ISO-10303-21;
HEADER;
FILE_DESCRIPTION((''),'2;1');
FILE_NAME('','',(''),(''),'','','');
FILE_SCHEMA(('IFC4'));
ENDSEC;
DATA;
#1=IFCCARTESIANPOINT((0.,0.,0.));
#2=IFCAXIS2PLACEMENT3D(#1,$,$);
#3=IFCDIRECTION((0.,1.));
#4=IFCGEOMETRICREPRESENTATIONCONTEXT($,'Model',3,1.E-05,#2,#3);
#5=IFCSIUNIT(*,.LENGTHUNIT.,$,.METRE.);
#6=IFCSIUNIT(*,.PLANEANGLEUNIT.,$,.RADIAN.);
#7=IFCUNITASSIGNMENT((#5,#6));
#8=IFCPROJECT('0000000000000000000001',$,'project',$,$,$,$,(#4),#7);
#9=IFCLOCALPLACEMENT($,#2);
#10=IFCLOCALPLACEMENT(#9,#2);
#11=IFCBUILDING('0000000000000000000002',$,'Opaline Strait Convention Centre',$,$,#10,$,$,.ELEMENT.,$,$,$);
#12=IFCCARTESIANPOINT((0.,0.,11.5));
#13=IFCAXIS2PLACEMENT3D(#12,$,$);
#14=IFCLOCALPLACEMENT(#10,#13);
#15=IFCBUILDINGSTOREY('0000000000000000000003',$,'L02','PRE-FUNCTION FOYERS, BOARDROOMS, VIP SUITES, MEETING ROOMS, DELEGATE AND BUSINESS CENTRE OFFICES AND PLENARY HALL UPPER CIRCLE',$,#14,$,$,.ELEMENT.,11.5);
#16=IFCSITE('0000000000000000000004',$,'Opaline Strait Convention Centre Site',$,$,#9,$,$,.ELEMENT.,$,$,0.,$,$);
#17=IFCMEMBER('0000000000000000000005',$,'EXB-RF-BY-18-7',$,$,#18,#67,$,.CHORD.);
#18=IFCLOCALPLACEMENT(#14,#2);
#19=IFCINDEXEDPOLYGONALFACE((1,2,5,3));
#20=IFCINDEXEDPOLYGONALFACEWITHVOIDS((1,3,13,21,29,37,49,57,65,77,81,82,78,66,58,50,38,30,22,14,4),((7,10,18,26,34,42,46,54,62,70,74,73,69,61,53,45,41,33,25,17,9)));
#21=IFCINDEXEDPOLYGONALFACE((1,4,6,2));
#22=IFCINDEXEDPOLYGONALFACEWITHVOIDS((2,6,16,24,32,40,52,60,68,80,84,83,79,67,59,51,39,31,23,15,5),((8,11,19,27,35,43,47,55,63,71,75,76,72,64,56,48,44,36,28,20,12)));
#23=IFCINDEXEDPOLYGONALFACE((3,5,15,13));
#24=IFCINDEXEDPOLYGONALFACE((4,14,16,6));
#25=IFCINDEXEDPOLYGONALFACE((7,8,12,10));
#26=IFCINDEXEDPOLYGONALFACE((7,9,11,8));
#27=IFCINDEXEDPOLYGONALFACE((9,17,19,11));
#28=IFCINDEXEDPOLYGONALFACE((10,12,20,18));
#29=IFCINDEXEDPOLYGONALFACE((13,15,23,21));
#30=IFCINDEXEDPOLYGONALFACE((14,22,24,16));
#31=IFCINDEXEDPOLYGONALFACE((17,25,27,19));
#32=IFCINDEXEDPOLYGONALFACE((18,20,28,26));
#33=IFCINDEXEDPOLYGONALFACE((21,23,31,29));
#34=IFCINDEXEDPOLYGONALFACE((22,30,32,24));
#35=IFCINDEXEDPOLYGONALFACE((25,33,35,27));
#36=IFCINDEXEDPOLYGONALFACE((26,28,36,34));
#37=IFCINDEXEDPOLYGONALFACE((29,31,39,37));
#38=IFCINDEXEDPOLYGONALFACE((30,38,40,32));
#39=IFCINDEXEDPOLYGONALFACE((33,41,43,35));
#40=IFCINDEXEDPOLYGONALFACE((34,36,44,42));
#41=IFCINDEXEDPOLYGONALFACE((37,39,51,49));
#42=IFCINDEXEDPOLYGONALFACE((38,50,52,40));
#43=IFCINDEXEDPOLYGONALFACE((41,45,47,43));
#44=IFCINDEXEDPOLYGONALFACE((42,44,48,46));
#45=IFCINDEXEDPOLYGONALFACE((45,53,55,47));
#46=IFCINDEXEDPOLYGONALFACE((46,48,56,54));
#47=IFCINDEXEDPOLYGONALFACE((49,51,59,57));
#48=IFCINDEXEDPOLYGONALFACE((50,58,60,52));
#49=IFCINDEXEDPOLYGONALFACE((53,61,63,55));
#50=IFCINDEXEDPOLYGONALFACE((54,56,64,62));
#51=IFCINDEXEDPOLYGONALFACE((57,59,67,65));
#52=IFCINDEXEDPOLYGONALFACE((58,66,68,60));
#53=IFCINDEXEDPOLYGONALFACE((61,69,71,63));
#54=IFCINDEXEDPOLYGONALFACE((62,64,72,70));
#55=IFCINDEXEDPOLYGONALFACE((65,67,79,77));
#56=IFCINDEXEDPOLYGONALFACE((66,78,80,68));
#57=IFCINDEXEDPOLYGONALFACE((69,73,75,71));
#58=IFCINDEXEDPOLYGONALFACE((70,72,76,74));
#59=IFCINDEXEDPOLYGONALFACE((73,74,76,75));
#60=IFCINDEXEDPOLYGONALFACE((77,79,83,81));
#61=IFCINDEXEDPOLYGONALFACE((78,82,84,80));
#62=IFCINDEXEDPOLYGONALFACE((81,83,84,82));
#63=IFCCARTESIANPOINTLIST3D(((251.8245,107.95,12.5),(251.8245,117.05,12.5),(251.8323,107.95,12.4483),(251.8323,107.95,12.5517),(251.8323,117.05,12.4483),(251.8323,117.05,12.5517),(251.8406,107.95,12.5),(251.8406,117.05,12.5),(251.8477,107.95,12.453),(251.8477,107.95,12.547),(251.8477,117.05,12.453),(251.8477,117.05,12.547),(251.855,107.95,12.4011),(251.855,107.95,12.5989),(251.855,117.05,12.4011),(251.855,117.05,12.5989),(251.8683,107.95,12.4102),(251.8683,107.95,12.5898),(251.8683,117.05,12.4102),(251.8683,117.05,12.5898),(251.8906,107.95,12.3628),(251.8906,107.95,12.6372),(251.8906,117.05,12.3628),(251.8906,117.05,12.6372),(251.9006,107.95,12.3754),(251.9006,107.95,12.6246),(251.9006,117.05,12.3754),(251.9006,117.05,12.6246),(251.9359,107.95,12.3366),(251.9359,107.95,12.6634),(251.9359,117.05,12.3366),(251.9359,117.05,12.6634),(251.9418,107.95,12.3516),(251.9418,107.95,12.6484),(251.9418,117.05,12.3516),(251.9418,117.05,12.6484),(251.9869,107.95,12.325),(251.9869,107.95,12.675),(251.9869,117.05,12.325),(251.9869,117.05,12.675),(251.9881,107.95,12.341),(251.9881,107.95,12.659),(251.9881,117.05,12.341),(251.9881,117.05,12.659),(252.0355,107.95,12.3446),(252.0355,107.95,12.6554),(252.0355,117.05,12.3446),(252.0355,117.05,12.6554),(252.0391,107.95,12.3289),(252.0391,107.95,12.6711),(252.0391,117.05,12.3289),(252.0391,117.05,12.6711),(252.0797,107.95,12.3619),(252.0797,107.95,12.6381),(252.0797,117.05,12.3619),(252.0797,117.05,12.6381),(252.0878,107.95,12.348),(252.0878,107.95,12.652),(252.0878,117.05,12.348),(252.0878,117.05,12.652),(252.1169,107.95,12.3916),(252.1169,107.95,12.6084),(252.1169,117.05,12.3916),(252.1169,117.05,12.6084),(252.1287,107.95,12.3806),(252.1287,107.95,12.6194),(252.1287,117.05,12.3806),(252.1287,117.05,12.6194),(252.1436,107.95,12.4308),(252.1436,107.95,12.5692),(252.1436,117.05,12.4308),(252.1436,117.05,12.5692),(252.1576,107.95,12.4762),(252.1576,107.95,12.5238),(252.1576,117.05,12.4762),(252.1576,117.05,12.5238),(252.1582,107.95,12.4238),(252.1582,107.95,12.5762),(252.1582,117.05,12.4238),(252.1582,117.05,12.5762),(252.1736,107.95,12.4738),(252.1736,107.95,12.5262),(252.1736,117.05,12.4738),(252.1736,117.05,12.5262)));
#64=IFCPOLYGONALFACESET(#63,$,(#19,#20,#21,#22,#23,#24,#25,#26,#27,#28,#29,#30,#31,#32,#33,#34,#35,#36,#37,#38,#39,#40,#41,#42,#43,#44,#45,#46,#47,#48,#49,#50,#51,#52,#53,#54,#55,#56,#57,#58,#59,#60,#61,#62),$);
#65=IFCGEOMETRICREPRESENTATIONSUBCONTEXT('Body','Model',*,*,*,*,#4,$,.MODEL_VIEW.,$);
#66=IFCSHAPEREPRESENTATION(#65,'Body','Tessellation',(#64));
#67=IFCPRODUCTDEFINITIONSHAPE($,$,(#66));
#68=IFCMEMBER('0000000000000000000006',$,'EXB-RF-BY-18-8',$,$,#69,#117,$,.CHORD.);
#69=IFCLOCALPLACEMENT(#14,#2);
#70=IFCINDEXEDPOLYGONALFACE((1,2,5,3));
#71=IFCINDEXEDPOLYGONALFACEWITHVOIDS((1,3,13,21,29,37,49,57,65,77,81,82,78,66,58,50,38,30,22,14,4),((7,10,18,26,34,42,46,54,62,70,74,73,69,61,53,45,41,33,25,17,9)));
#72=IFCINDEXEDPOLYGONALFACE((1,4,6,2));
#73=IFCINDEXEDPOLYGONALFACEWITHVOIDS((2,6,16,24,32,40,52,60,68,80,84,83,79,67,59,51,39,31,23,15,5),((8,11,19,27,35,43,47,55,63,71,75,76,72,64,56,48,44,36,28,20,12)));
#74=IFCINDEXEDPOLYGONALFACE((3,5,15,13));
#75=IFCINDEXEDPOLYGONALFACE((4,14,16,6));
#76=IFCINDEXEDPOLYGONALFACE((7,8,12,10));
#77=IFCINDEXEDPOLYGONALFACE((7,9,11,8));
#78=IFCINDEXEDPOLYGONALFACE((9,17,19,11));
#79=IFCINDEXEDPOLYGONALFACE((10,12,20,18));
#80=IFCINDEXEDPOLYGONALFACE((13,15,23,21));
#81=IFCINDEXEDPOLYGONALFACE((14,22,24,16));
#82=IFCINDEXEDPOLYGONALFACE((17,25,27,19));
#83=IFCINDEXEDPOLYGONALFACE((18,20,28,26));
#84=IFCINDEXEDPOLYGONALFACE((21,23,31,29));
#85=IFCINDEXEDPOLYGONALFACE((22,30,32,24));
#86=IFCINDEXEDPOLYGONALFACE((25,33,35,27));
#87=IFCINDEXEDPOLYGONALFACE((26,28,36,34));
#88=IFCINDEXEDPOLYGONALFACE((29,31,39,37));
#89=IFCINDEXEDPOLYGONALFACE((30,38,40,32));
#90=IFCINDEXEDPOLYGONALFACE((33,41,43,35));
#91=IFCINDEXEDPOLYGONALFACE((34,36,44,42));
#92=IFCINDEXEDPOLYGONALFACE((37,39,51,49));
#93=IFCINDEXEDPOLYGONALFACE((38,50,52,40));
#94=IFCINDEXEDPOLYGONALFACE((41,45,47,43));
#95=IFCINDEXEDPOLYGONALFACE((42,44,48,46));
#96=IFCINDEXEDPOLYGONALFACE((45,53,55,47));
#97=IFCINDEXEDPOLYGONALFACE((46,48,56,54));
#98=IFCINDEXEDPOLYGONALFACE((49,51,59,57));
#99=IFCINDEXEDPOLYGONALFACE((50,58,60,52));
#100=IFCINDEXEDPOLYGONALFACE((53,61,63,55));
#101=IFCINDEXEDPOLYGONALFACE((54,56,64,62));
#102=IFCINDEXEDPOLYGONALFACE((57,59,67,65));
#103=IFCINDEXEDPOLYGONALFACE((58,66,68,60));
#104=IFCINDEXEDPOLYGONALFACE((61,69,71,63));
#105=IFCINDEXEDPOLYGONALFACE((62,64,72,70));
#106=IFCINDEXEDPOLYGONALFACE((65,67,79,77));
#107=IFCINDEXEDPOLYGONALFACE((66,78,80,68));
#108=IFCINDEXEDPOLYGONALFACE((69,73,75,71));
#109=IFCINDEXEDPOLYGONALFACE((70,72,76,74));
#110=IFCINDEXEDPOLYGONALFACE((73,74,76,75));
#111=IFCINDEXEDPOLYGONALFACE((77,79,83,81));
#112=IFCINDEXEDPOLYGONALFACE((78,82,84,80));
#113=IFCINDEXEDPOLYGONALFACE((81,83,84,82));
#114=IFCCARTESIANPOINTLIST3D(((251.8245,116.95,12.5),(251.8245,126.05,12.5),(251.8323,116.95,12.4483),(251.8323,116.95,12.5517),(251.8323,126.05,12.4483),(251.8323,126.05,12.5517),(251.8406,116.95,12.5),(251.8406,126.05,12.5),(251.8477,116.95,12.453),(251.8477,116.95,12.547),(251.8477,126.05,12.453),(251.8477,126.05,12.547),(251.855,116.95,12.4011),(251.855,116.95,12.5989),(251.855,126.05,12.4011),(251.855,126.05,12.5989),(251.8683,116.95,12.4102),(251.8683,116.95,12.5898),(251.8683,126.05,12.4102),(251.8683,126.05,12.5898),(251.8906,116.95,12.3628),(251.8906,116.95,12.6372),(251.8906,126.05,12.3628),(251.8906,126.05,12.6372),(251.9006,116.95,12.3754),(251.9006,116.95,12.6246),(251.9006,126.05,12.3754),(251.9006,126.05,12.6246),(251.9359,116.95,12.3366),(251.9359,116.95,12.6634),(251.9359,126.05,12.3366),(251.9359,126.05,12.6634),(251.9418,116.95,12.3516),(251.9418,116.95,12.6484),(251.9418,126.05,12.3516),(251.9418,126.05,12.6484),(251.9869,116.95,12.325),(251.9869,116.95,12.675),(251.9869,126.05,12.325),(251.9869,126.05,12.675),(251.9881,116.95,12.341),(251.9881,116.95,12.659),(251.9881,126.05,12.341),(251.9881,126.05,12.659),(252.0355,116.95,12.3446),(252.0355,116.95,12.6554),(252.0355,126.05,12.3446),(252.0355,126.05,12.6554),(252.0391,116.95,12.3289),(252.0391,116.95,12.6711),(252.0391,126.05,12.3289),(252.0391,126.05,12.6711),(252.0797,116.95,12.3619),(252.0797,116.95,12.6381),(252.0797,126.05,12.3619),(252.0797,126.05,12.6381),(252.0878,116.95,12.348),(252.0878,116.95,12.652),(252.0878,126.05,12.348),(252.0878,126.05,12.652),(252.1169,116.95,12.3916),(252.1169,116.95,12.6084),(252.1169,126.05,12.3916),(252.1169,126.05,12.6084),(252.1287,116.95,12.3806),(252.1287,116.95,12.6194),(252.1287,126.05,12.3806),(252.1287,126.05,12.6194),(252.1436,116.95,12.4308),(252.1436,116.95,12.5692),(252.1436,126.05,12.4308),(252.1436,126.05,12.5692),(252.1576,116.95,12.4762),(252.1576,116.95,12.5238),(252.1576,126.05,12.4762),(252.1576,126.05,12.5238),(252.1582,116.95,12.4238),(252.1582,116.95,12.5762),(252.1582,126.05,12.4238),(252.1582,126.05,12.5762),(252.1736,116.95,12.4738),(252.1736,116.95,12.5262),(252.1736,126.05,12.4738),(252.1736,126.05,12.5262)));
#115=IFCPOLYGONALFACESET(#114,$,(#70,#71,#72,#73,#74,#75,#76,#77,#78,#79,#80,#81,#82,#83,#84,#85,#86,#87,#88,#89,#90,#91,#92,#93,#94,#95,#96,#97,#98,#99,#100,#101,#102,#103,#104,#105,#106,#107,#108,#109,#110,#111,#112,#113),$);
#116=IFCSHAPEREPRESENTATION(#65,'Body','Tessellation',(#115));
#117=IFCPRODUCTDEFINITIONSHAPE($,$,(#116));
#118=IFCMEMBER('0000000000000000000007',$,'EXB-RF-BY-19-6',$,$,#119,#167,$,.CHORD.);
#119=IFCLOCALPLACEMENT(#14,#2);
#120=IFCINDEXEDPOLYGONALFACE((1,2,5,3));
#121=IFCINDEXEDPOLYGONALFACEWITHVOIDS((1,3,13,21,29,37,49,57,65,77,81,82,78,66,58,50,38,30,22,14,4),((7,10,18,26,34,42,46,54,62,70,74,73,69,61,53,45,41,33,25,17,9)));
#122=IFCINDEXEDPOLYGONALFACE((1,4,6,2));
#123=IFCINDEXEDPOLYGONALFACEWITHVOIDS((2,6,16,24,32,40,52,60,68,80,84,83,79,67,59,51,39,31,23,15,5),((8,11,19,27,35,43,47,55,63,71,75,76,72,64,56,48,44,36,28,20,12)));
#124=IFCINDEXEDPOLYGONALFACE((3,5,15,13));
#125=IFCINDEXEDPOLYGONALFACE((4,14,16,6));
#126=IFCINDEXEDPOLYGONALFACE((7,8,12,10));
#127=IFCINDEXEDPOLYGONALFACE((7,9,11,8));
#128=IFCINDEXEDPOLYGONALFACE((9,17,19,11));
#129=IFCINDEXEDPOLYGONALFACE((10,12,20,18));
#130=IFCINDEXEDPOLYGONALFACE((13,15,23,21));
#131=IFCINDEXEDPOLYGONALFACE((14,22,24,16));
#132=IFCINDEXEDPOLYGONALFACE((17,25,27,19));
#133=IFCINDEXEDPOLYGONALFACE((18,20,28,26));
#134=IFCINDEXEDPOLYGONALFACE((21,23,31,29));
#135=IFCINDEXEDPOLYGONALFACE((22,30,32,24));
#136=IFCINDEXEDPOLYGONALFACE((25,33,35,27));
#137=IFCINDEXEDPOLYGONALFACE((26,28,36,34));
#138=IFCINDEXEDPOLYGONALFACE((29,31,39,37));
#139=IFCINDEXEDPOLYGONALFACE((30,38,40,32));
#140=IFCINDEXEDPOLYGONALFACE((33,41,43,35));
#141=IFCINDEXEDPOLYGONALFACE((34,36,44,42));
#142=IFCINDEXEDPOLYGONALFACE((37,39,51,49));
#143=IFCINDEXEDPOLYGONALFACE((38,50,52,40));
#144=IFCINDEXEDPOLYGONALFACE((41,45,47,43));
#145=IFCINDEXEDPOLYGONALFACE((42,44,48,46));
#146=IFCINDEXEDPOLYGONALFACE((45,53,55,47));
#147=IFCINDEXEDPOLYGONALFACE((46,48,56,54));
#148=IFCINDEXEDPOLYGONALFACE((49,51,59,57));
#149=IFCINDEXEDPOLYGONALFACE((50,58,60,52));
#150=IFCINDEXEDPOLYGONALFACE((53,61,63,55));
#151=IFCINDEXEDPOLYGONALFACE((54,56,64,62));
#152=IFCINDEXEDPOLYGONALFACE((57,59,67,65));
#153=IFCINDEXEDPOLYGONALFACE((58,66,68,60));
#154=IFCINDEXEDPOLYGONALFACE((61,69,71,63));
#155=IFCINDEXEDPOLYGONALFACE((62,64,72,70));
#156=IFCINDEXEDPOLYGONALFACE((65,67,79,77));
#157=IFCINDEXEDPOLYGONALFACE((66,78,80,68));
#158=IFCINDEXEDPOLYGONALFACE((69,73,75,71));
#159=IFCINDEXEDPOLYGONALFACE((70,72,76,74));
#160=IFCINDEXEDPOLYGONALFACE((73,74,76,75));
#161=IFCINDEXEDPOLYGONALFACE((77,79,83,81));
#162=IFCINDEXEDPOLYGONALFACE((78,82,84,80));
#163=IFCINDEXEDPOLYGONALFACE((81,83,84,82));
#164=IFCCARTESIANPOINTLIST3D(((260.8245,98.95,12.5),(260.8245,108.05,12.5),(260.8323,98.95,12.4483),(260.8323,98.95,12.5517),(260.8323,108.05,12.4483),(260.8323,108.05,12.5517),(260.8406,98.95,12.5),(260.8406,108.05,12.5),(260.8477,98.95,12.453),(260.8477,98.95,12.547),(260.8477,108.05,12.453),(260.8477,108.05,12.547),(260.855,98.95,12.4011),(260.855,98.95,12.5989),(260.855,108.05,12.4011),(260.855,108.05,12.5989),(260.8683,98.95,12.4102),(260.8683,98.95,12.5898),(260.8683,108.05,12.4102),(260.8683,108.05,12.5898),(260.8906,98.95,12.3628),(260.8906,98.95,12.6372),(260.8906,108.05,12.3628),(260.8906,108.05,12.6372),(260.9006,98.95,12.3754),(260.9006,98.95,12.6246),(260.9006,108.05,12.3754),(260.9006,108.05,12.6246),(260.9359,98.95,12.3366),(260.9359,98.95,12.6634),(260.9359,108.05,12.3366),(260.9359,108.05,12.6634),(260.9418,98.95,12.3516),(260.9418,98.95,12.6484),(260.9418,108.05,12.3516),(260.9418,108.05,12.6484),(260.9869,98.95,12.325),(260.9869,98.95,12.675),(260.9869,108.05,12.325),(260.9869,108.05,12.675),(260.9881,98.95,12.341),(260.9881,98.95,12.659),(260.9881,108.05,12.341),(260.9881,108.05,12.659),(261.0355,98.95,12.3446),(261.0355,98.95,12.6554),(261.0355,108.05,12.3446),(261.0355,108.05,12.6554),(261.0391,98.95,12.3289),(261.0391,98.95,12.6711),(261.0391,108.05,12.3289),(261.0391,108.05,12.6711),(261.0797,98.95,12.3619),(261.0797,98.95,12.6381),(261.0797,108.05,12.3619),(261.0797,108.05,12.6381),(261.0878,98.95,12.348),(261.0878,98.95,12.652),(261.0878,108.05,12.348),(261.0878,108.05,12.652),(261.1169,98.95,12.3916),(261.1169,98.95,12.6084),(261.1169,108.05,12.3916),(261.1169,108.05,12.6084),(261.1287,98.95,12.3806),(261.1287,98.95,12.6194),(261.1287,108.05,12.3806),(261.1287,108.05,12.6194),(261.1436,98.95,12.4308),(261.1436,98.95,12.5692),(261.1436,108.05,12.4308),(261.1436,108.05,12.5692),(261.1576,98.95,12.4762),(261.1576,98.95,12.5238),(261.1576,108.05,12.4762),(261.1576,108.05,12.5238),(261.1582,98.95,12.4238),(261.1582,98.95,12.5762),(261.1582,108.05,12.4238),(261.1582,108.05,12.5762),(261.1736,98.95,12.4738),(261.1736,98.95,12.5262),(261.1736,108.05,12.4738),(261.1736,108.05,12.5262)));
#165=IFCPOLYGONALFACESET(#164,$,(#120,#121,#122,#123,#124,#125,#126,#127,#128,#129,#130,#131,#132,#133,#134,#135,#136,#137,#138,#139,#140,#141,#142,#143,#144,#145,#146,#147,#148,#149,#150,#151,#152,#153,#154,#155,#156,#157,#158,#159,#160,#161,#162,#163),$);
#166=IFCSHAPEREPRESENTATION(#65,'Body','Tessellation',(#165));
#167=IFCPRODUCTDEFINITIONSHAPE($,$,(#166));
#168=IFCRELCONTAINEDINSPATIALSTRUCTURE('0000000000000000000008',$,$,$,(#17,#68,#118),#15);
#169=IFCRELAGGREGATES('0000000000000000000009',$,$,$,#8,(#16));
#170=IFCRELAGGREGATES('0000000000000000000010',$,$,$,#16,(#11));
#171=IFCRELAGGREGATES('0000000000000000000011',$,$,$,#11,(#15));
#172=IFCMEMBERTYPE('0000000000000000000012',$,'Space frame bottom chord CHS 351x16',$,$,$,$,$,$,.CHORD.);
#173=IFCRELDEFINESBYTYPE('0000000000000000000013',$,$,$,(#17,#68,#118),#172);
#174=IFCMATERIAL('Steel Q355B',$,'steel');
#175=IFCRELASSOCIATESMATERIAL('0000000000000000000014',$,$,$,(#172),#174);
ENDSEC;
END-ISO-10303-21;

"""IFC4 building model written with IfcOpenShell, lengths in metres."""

from ifc_helpers import new_model, si_unit, direction, frame, origin, origin_2d, place, context, subcontext, project, spatial, hollow_circle, extrude, material, material_profile, profile_set, type_object, element, save


model = new_model("IFC4")

# Units and contexts
model_context = context("Model", 3, precision=1e-05, world=origin(), true_north=direction((0.0, 1.0)))
body_context = subcontext(model_context, "Body", "Model", "MODEL_VIEW")
ifc_project = project(units=[si_unit("LENGTHUNIT", "METRE"), si_unit("PLANEANGLEUNIT", "RADIAN")], contexts=[model_context])

# Site, building, storey
site_placement = place(None, origin())
site = spatial("IfcSite", under=ifc_project, at=site_placement, Name="Opaline Strait Convention Centre Site", CompositionType="ELEMENT", RefElevation=0.0)
building_placement = place(site_placement, origin())
building = spatial("IfcBuilding", under=site, at=building_placement, Name="Opaline Strait Convention Centre", CompositionType="ELEMENT")
storey_placement = place(building_placement, frame((0.0, 0.0, 11.5)))
storey = spatial("IfcBuildingStorey", under=building, at=storey_placement, Name="L02", Description="PRE-FUNCTION FOYERS, BOARDROOMS, VIP SUITES, MEETING ROOMS, DELEGATE AND BUSINESS CENTRE OFFICES AND PLENARY HALL UPPER CIRCLE", CompositionType="ELEMENT", Elevation=11.5)

# Shared definitions
ifc_material_1 = material(Name="Steel Q355B", Category="steel")

# Members
ifc_material_profile_1 = material_profile(ifc_material_1, hollow_circle(Radius=0.1755, WallThickness=0.0161, at=origin_2d()), Name="CHS 351x16")
ifc_profile_set_1 = profile_set([ifc_material_profile_1], Name="Steel Q355B")
member_type_1 = type_object("IfcMemberType", Name="Space frame bottom chord CHS 351x16", PredefinedType="CHORD", material=ifc_profile_set_1)
for number, where, z_axis, x_axis, name in (
    (1, (252.0, 107.95, 12.5), (0.0, 1.0, 0.0), (-1.0, 0.0, 0.0), "EXB-RF-BY-18-7"),
    (2, (252.0, 116.95, 12.5), (0.0, 1.0, 0.0), (-1.0, 0.0, 0.0), "EXB-RF-BY-18-8"),
    (3, (261.0, 98.95, 12.5), (0.0, 1.0, 0.0), (-1.0, 0.0, 0.0), "EXB-RF-BY-19-6"),
):
    element("IfcMember", number, at=place(storey_placement, frame(where, z_axis=z_axis, x_axis=x_axis)), inside=storey, type_object=member_type_1, Name=name, PredefinedType="CHORD", context=body_context, shape_type="SweptSolid", body=[
        extrude(hollow_circle(Radius=0.1755, WallThickness=0.0161, at=origin_2d()), origin(), (0.0, 0.0, 1.0), 9.1001),
    ])

save(model, "model.ifc")
